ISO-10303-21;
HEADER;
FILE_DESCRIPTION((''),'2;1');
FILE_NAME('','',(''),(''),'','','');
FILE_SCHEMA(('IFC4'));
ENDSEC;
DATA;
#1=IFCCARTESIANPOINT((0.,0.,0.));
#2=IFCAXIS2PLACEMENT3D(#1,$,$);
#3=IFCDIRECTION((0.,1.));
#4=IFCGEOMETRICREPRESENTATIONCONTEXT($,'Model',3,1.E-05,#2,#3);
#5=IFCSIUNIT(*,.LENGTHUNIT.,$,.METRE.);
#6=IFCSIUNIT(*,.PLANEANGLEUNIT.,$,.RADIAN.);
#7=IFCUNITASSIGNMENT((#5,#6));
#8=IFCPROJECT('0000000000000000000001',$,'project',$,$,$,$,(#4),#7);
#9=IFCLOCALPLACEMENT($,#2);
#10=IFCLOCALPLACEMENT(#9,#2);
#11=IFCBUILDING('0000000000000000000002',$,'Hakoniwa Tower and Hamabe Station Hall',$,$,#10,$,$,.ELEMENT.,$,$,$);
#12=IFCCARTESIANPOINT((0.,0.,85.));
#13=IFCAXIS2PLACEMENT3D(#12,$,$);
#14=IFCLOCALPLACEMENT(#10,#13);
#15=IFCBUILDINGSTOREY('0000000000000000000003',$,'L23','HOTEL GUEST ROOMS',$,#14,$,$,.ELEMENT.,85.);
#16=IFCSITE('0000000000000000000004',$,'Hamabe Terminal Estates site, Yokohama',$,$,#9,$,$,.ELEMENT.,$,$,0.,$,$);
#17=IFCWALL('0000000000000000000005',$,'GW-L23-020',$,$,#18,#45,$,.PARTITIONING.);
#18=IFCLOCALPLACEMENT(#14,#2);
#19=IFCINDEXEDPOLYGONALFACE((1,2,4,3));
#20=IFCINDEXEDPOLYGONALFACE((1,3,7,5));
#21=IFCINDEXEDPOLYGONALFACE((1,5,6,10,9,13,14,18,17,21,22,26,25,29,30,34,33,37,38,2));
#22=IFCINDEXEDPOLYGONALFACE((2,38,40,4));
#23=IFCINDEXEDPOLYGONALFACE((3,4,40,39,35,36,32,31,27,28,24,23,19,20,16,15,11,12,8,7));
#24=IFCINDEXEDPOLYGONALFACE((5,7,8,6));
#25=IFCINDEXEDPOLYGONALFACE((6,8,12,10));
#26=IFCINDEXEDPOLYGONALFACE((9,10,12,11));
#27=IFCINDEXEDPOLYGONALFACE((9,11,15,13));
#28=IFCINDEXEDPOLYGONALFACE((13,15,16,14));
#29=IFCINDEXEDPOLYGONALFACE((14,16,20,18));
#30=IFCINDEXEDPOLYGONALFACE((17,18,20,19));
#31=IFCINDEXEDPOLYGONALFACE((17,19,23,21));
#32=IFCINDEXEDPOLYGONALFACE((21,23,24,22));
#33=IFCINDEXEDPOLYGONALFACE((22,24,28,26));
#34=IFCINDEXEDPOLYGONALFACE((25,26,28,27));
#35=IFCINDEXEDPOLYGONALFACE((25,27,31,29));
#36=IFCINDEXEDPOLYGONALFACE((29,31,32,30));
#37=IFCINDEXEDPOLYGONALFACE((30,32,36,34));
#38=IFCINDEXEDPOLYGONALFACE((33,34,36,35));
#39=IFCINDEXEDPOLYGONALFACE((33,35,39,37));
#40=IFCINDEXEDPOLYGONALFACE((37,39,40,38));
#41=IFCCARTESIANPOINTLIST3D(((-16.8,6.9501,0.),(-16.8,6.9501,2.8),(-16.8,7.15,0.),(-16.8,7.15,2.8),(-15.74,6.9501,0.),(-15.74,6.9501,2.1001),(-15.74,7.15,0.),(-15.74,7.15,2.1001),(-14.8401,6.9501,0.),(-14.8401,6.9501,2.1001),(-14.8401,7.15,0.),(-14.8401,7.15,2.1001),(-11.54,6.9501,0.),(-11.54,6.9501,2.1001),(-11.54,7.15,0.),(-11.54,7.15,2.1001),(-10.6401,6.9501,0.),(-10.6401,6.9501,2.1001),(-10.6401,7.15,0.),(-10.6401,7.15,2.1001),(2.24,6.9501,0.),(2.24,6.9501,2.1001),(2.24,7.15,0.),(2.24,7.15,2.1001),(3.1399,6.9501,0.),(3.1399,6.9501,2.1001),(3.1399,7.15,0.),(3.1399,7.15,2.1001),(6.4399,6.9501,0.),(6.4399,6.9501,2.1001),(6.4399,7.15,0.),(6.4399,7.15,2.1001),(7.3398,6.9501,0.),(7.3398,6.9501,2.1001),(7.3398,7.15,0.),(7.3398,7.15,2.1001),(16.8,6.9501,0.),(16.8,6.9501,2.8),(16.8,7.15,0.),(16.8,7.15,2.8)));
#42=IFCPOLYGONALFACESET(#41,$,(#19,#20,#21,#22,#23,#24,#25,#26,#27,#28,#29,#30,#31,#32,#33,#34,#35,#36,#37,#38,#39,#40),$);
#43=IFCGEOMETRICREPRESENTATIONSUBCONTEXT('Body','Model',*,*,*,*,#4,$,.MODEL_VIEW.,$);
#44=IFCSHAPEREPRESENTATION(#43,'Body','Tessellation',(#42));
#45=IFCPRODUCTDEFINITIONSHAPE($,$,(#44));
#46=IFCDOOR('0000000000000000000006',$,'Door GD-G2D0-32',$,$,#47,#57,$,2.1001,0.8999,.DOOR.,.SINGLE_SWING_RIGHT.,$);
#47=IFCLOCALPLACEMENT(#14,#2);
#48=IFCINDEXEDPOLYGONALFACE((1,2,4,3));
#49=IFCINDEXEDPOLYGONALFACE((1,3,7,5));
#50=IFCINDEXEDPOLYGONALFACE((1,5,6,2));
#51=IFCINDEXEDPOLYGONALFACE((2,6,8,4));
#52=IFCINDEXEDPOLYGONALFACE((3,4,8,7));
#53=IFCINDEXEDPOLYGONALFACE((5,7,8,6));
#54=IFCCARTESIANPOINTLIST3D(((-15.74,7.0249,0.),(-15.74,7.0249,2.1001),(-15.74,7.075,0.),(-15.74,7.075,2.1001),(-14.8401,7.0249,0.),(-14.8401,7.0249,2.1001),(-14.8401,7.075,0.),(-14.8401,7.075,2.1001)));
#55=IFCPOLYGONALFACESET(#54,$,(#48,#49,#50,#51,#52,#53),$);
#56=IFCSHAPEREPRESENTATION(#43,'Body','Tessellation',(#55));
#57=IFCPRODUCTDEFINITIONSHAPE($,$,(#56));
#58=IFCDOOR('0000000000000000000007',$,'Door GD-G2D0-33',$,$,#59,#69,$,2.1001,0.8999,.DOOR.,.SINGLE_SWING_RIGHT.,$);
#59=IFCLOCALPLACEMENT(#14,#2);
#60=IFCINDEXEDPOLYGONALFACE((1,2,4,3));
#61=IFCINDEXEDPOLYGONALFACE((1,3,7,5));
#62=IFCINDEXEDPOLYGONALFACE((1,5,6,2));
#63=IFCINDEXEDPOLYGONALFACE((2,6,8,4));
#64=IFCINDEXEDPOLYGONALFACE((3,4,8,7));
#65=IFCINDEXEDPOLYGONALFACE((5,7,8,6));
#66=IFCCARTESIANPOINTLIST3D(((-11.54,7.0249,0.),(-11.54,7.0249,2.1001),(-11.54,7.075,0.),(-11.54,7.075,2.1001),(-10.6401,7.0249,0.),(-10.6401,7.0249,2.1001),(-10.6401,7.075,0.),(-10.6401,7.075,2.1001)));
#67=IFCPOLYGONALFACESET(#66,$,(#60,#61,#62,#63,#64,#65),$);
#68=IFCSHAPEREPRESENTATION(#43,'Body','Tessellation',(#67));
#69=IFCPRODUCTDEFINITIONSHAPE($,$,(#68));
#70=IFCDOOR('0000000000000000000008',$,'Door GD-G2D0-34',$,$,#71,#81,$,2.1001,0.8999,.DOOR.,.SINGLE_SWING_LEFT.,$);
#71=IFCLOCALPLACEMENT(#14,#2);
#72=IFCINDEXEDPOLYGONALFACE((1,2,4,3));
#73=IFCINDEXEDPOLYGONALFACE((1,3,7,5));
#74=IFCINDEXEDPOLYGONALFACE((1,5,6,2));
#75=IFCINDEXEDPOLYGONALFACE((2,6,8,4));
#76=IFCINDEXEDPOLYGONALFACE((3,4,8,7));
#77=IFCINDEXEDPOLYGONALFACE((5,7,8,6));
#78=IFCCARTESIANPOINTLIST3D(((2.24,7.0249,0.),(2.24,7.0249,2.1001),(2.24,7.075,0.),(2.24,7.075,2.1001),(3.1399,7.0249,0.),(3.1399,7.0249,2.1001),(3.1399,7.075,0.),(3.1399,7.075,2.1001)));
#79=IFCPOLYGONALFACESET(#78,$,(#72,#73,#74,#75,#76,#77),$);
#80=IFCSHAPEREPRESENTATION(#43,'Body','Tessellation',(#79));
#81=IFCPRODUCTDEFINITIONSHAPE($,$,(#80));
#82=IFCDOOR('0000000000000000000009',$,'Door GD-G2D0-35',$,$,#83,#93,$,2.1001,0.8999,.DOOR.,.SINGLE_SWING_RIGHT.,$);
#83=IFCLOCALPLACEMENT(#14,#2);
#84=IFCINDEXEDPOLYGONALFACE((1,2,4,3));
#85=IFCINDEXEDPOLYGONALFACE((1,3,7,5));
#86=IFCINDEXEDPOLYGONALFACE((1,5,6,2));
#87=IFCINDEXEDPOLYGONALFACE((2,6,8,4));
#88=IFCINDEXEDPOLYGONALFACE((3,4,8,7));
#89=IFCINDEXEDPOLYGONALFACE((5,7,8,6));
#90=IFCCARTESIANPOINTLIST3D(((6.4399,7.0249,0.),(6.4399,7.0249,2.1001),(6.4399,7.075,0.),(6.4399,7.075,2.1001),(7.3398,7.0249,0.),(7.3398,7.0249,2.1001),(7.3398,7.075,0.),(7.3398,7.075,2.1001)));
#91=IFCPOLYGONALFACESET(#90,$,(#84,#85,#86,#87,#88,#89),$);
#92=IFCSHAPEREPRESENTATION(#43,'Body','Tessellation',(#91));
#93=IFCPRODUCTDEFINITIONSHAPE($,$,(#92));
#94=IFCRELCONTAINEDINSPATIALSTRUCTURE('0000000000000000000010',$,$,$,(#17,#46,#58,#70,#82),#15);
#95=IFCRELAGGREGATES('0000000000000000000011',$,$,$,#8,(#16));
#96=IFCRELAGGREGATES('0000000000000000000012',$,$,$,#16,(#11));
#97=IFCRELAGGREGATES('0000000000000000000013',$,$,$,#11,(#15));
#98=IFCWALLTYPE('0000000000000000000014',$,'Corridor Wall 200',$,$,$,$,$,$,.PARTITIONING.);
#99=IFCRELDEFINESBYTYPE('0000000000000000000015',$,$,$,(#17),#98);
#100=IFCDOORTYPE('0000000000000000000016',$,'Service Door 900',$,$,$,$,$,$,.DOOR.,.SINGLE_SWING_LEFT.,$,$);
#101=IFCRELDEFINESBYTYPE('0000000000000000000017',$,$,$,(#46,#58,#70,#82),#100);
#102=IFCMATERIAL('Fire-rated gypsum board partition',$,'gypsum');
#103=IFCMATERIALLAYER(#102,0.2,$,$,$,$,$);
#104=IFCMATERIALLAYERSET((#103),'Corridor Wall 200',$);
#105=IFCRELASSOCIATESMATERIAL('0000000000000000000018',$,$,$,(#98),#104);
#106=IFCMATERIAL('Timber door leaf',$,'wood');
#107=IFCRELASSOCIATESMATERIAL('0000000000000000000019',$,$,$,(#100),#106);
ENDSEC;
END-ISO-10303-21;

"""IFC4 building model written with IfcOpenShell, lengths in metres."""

from ifc_helpers import new_model, si_unit, direction, frame, frame_2d, origin, place, context, subcontext, project, spatial, rectangle, extrude, material, layer, layer_set, type_object, element, fill, save


model = new_model("IFC4")

# Units and contexts
model_context = context("Model", 3, precision=1e-05, world=origin(), true_north=direction((0.0, 1.0)))
body_context = subcontext(model_context, "Body", "Model", "MODEL_VIEW")
ifc_project = project(units=[si_unit("LENGTHUNIT", "METRE"), si_unit("PLANEANGLEUNIT", "RADIAN")], contexts=[model_context])

# Site, building, storey
site_placement = place(None, origin())
site = spatial("IfcSite", under=ifc_project, at=site_placement, Name="Hamabe Terminal Estates site, Yokohama", CompositionType="ELEMENT", RefElevation=0.0)
building_placement = place(site_placement, origin())
building = spatial("IfcBuilding", under=site, at=building_placement, Name="Hakoniwa Tower and Hamabe Station Hall", CompositionType="ELEMENT")
storey_placement = place(building_placement, frame((0.0, 0.0, 85.0)))
storey = spatial("IfcBuildingStorey", under=building, at=storey_placement, Name="L23", Description="HOTEL GUEST ROOMS", CompositionType="ELEMENT", Elevation=85.0)

# Wall, openings, doors
ifc_material_1 = material(Name="Fire-rated gypsum board partition", Category="gypsum")
ifc_layer_1 = layer(ifc_material_1, 0.2)
ifc_layer_set_1 = layer_set([ifc_layer_1], Name="Corridor Wall 200")
wall_type_1 = type_object("IfcWallType", Name="Corridor Wall 200", PredefinedType="PARTITIONING", material=ifc_layer_set_1)
wall_1_placement = place(storey_placement, frame((-16.8, 7.05, 0.0), z_axis=(0.0, 0.0, 1.0), x_axis=(1.0, 0.0, 0.0)))
wall_1 = element("IfcWall", 1, at=wall_1_placement, inside=storey, type_object=wall_type_1, Name="GW-L23-020", PredefinedType="PARTITIONING", context=body_context, shape_type="SweptSolid", body=[
    extrude(rectangle(XDim=33.6001, YDim=0.2, at=frame_2d((16.8, 0.0))), origin(), (0.0, 0.0, 1.0), 2.8),
])
opening_1_placement = place(wall_1_placement, frame((1.0601, 0.0, 0.0)))
opening_1 = element("IfcOpeningElement", 2, at=opening_1_placement, cuts=wall_1, PredefinedType="OPENING", context=body_context, shape_type="SweptSolid", body=[
    extrude(rectangle(XDim=0.8999, YDim=2.1001, at=frame_2d((0.45, 1.05))), frame((0.0, 0.1099, 0.0), z_axis=(0.0, -1.0, 0.0), x_axis=(1.0, 0.0, 0.0)), (0.0, 0.0, 1.0), 0.22),
])
opening_2_placement = place(wall_1_placement, frame((5.26, 0.0, 0.0)))
opening_2 = element("IfcOpeningElement", 3, at=opening_2_placement, cuts=wall_1, PredefinedType="OPENING", context=body_context, shape_type="SweptSolid", body=[
    extrude(rectangle(XDim=0.8999, YDim=2.1001, at=frame_2d((0.45, 1.05))), frame((0.0, 0.1099, 0.0), z_axis=(0.0, -1.0, 0.0), x_axis=(1.0, 0.0, 0.0)), (0.0, 0.0, 1.0), 0.22),
])
opening_3_placement = place(wall_1_placement, frame((19.04, 0.0, 0.0)))
opening_3 = element("IfcOpeningElement", 4, at=opening_3_placement, cuts=wall_1, PredefinedType="OPENING", context=body_context, shape_type="SweptSolid", body=[
    extrude(rectangle(XDim=0.8999, YDim=2.1001, at=frame_2d((0.45, 1.05))), frame((0.0, 0.1099, 0.0), z_axis=(0.0, -1.0, 0.0), x_axis=(1.0, 0.0, 0.0)), (0.0, 0.0, 1.0), 0.22),
])
opening_4_placement = place(wall_1_placement, frame((23.24, 0.0, 0.0)))
opening_4 = element("IfcOpeningElement", 5, at=opening_4_placement, cuts=wall_1, PredefinedType="OPENING", context=body_context, shape_type="SweptSolid", body=[
    extrude(rectangle(XDim=0.8999, YDim=2.1001, at=frame_2d((0.45, 1.05))), frame((0.0, 0.1099, 0.0), z_axis=(0.0, -1.0, 0.0), x_axis=(1.0, 0.0, 0.0)), (0.0, 0.0, 1.0), 0.22),
])
ifc_material_2 = material(Name="Timber door leaf", Category="wood")
door_type_1 = type_object("IfcDoorType", Name="Service Door 900", OperationType="SINGLE_SWING_LEFT", PredefinedType="DOOR", material=ifc_material_2)
door_1_placement = place(opening_1_placement, origin())
door_1 = element("IfcDoor", 6, at=door_1_placement, inside=storey, type_object=door_type_1, Name="Door GD-G2D0-32", OperationType="SINGLE_SWING_RIGHT", OverallHeight=2.1001, OverallWidth=0.8999, PredefinedType="DOOR", context=body_context, shape_type="SweptSolid", body=[
    extrude(rectangle(XDim=0.8999, YDim=2.1001, at=frame_2d((0.45, 1.05))), frame((0.0, 0.0249, 0.0), z_axis=(0.0, -1.0, 0.0), x_axis=(1.0, 0.0, 0.0)), (0.0, 0.0, 1.0), 0.05),
])
fill(opening_1, door_1)
door_2_placement = place(opening_2_placement, origin())
door_2 = element("IfcDoor", 7, at=door_2_placement, inside=storey, type_object=door_type_1, Name="Door GD-G2D0-33", OperationType="SINGLE_SWING_RIGHT", OverallHeight=2.1001, OverallWidth=0.8999, PredefinedType="DOOR", context=body_context, shape_type="SweptSolid", body=[
    extrude(rectangle(XDim=0.8999, YDim=2.1001, at=frame_2d((0.45, 1.05))), frame((0.0, 0.0249, 0.0), z_axis=(0.0, -1.0, 0.0), x_axis=(1.0, 0.0, 0.0)), (0.0, 0.0, 1.0), 0.05),
])
fill(opening_2, door_2)
door_3_placement = place(opening_3_placement, origin())
door_3 = element("IfcDoor", 8, at=door_3_placement, inside=storey, type_object=door_type_1, Name="Door GD-G2D0-34", OperationType="SINGLE_SWING_LEFT", OverallHeight=2.1001, OverallWidth=0.8999, PredefinedType="DOOR", context=body_context, shape_type="SweptSolid", body=[
    extrude(rectangle(XDim=0.8999, YDim=2.1001, at=frame_2d((0.45, 1.05))), frame((0.0, 0.0249, 0.0), z_axis=(0.0, -1.0, 0.0), x_axis=(1.0, 0.0, 0.0)), (0.0, 0.0, 1.0), 0.05),
])
fill(opening_3, door_3)
door_4_placement = place(opening_4_placement, origin())
door_4 = element("IfcDoor", 9, at=door_4_placement, inside=storey, type_object=door_type_1, Name="Door GD-G2D0-35", OperationType="SINGLE_SWING_RIGHT", OverallHeight=2.1001, OverallWidth=0.8999, PredefinedType="DOOR", context=body_context, shape_type="SweptSolid", body=[
    extrude(rectangle(XDim=0.8999, YDim=2.1001, at=frame_2d((0.45, 1.05))), frame((0.0, 0.0249, 0.0), z_axis=(0.0, -1.0, 0.0), x_axis=(1.0, 0.0, 0.0)), (0.0, 0.0, 1.0), 0.05),
])
fill(opening_4, door_4)

save(model, "model.ifc")
